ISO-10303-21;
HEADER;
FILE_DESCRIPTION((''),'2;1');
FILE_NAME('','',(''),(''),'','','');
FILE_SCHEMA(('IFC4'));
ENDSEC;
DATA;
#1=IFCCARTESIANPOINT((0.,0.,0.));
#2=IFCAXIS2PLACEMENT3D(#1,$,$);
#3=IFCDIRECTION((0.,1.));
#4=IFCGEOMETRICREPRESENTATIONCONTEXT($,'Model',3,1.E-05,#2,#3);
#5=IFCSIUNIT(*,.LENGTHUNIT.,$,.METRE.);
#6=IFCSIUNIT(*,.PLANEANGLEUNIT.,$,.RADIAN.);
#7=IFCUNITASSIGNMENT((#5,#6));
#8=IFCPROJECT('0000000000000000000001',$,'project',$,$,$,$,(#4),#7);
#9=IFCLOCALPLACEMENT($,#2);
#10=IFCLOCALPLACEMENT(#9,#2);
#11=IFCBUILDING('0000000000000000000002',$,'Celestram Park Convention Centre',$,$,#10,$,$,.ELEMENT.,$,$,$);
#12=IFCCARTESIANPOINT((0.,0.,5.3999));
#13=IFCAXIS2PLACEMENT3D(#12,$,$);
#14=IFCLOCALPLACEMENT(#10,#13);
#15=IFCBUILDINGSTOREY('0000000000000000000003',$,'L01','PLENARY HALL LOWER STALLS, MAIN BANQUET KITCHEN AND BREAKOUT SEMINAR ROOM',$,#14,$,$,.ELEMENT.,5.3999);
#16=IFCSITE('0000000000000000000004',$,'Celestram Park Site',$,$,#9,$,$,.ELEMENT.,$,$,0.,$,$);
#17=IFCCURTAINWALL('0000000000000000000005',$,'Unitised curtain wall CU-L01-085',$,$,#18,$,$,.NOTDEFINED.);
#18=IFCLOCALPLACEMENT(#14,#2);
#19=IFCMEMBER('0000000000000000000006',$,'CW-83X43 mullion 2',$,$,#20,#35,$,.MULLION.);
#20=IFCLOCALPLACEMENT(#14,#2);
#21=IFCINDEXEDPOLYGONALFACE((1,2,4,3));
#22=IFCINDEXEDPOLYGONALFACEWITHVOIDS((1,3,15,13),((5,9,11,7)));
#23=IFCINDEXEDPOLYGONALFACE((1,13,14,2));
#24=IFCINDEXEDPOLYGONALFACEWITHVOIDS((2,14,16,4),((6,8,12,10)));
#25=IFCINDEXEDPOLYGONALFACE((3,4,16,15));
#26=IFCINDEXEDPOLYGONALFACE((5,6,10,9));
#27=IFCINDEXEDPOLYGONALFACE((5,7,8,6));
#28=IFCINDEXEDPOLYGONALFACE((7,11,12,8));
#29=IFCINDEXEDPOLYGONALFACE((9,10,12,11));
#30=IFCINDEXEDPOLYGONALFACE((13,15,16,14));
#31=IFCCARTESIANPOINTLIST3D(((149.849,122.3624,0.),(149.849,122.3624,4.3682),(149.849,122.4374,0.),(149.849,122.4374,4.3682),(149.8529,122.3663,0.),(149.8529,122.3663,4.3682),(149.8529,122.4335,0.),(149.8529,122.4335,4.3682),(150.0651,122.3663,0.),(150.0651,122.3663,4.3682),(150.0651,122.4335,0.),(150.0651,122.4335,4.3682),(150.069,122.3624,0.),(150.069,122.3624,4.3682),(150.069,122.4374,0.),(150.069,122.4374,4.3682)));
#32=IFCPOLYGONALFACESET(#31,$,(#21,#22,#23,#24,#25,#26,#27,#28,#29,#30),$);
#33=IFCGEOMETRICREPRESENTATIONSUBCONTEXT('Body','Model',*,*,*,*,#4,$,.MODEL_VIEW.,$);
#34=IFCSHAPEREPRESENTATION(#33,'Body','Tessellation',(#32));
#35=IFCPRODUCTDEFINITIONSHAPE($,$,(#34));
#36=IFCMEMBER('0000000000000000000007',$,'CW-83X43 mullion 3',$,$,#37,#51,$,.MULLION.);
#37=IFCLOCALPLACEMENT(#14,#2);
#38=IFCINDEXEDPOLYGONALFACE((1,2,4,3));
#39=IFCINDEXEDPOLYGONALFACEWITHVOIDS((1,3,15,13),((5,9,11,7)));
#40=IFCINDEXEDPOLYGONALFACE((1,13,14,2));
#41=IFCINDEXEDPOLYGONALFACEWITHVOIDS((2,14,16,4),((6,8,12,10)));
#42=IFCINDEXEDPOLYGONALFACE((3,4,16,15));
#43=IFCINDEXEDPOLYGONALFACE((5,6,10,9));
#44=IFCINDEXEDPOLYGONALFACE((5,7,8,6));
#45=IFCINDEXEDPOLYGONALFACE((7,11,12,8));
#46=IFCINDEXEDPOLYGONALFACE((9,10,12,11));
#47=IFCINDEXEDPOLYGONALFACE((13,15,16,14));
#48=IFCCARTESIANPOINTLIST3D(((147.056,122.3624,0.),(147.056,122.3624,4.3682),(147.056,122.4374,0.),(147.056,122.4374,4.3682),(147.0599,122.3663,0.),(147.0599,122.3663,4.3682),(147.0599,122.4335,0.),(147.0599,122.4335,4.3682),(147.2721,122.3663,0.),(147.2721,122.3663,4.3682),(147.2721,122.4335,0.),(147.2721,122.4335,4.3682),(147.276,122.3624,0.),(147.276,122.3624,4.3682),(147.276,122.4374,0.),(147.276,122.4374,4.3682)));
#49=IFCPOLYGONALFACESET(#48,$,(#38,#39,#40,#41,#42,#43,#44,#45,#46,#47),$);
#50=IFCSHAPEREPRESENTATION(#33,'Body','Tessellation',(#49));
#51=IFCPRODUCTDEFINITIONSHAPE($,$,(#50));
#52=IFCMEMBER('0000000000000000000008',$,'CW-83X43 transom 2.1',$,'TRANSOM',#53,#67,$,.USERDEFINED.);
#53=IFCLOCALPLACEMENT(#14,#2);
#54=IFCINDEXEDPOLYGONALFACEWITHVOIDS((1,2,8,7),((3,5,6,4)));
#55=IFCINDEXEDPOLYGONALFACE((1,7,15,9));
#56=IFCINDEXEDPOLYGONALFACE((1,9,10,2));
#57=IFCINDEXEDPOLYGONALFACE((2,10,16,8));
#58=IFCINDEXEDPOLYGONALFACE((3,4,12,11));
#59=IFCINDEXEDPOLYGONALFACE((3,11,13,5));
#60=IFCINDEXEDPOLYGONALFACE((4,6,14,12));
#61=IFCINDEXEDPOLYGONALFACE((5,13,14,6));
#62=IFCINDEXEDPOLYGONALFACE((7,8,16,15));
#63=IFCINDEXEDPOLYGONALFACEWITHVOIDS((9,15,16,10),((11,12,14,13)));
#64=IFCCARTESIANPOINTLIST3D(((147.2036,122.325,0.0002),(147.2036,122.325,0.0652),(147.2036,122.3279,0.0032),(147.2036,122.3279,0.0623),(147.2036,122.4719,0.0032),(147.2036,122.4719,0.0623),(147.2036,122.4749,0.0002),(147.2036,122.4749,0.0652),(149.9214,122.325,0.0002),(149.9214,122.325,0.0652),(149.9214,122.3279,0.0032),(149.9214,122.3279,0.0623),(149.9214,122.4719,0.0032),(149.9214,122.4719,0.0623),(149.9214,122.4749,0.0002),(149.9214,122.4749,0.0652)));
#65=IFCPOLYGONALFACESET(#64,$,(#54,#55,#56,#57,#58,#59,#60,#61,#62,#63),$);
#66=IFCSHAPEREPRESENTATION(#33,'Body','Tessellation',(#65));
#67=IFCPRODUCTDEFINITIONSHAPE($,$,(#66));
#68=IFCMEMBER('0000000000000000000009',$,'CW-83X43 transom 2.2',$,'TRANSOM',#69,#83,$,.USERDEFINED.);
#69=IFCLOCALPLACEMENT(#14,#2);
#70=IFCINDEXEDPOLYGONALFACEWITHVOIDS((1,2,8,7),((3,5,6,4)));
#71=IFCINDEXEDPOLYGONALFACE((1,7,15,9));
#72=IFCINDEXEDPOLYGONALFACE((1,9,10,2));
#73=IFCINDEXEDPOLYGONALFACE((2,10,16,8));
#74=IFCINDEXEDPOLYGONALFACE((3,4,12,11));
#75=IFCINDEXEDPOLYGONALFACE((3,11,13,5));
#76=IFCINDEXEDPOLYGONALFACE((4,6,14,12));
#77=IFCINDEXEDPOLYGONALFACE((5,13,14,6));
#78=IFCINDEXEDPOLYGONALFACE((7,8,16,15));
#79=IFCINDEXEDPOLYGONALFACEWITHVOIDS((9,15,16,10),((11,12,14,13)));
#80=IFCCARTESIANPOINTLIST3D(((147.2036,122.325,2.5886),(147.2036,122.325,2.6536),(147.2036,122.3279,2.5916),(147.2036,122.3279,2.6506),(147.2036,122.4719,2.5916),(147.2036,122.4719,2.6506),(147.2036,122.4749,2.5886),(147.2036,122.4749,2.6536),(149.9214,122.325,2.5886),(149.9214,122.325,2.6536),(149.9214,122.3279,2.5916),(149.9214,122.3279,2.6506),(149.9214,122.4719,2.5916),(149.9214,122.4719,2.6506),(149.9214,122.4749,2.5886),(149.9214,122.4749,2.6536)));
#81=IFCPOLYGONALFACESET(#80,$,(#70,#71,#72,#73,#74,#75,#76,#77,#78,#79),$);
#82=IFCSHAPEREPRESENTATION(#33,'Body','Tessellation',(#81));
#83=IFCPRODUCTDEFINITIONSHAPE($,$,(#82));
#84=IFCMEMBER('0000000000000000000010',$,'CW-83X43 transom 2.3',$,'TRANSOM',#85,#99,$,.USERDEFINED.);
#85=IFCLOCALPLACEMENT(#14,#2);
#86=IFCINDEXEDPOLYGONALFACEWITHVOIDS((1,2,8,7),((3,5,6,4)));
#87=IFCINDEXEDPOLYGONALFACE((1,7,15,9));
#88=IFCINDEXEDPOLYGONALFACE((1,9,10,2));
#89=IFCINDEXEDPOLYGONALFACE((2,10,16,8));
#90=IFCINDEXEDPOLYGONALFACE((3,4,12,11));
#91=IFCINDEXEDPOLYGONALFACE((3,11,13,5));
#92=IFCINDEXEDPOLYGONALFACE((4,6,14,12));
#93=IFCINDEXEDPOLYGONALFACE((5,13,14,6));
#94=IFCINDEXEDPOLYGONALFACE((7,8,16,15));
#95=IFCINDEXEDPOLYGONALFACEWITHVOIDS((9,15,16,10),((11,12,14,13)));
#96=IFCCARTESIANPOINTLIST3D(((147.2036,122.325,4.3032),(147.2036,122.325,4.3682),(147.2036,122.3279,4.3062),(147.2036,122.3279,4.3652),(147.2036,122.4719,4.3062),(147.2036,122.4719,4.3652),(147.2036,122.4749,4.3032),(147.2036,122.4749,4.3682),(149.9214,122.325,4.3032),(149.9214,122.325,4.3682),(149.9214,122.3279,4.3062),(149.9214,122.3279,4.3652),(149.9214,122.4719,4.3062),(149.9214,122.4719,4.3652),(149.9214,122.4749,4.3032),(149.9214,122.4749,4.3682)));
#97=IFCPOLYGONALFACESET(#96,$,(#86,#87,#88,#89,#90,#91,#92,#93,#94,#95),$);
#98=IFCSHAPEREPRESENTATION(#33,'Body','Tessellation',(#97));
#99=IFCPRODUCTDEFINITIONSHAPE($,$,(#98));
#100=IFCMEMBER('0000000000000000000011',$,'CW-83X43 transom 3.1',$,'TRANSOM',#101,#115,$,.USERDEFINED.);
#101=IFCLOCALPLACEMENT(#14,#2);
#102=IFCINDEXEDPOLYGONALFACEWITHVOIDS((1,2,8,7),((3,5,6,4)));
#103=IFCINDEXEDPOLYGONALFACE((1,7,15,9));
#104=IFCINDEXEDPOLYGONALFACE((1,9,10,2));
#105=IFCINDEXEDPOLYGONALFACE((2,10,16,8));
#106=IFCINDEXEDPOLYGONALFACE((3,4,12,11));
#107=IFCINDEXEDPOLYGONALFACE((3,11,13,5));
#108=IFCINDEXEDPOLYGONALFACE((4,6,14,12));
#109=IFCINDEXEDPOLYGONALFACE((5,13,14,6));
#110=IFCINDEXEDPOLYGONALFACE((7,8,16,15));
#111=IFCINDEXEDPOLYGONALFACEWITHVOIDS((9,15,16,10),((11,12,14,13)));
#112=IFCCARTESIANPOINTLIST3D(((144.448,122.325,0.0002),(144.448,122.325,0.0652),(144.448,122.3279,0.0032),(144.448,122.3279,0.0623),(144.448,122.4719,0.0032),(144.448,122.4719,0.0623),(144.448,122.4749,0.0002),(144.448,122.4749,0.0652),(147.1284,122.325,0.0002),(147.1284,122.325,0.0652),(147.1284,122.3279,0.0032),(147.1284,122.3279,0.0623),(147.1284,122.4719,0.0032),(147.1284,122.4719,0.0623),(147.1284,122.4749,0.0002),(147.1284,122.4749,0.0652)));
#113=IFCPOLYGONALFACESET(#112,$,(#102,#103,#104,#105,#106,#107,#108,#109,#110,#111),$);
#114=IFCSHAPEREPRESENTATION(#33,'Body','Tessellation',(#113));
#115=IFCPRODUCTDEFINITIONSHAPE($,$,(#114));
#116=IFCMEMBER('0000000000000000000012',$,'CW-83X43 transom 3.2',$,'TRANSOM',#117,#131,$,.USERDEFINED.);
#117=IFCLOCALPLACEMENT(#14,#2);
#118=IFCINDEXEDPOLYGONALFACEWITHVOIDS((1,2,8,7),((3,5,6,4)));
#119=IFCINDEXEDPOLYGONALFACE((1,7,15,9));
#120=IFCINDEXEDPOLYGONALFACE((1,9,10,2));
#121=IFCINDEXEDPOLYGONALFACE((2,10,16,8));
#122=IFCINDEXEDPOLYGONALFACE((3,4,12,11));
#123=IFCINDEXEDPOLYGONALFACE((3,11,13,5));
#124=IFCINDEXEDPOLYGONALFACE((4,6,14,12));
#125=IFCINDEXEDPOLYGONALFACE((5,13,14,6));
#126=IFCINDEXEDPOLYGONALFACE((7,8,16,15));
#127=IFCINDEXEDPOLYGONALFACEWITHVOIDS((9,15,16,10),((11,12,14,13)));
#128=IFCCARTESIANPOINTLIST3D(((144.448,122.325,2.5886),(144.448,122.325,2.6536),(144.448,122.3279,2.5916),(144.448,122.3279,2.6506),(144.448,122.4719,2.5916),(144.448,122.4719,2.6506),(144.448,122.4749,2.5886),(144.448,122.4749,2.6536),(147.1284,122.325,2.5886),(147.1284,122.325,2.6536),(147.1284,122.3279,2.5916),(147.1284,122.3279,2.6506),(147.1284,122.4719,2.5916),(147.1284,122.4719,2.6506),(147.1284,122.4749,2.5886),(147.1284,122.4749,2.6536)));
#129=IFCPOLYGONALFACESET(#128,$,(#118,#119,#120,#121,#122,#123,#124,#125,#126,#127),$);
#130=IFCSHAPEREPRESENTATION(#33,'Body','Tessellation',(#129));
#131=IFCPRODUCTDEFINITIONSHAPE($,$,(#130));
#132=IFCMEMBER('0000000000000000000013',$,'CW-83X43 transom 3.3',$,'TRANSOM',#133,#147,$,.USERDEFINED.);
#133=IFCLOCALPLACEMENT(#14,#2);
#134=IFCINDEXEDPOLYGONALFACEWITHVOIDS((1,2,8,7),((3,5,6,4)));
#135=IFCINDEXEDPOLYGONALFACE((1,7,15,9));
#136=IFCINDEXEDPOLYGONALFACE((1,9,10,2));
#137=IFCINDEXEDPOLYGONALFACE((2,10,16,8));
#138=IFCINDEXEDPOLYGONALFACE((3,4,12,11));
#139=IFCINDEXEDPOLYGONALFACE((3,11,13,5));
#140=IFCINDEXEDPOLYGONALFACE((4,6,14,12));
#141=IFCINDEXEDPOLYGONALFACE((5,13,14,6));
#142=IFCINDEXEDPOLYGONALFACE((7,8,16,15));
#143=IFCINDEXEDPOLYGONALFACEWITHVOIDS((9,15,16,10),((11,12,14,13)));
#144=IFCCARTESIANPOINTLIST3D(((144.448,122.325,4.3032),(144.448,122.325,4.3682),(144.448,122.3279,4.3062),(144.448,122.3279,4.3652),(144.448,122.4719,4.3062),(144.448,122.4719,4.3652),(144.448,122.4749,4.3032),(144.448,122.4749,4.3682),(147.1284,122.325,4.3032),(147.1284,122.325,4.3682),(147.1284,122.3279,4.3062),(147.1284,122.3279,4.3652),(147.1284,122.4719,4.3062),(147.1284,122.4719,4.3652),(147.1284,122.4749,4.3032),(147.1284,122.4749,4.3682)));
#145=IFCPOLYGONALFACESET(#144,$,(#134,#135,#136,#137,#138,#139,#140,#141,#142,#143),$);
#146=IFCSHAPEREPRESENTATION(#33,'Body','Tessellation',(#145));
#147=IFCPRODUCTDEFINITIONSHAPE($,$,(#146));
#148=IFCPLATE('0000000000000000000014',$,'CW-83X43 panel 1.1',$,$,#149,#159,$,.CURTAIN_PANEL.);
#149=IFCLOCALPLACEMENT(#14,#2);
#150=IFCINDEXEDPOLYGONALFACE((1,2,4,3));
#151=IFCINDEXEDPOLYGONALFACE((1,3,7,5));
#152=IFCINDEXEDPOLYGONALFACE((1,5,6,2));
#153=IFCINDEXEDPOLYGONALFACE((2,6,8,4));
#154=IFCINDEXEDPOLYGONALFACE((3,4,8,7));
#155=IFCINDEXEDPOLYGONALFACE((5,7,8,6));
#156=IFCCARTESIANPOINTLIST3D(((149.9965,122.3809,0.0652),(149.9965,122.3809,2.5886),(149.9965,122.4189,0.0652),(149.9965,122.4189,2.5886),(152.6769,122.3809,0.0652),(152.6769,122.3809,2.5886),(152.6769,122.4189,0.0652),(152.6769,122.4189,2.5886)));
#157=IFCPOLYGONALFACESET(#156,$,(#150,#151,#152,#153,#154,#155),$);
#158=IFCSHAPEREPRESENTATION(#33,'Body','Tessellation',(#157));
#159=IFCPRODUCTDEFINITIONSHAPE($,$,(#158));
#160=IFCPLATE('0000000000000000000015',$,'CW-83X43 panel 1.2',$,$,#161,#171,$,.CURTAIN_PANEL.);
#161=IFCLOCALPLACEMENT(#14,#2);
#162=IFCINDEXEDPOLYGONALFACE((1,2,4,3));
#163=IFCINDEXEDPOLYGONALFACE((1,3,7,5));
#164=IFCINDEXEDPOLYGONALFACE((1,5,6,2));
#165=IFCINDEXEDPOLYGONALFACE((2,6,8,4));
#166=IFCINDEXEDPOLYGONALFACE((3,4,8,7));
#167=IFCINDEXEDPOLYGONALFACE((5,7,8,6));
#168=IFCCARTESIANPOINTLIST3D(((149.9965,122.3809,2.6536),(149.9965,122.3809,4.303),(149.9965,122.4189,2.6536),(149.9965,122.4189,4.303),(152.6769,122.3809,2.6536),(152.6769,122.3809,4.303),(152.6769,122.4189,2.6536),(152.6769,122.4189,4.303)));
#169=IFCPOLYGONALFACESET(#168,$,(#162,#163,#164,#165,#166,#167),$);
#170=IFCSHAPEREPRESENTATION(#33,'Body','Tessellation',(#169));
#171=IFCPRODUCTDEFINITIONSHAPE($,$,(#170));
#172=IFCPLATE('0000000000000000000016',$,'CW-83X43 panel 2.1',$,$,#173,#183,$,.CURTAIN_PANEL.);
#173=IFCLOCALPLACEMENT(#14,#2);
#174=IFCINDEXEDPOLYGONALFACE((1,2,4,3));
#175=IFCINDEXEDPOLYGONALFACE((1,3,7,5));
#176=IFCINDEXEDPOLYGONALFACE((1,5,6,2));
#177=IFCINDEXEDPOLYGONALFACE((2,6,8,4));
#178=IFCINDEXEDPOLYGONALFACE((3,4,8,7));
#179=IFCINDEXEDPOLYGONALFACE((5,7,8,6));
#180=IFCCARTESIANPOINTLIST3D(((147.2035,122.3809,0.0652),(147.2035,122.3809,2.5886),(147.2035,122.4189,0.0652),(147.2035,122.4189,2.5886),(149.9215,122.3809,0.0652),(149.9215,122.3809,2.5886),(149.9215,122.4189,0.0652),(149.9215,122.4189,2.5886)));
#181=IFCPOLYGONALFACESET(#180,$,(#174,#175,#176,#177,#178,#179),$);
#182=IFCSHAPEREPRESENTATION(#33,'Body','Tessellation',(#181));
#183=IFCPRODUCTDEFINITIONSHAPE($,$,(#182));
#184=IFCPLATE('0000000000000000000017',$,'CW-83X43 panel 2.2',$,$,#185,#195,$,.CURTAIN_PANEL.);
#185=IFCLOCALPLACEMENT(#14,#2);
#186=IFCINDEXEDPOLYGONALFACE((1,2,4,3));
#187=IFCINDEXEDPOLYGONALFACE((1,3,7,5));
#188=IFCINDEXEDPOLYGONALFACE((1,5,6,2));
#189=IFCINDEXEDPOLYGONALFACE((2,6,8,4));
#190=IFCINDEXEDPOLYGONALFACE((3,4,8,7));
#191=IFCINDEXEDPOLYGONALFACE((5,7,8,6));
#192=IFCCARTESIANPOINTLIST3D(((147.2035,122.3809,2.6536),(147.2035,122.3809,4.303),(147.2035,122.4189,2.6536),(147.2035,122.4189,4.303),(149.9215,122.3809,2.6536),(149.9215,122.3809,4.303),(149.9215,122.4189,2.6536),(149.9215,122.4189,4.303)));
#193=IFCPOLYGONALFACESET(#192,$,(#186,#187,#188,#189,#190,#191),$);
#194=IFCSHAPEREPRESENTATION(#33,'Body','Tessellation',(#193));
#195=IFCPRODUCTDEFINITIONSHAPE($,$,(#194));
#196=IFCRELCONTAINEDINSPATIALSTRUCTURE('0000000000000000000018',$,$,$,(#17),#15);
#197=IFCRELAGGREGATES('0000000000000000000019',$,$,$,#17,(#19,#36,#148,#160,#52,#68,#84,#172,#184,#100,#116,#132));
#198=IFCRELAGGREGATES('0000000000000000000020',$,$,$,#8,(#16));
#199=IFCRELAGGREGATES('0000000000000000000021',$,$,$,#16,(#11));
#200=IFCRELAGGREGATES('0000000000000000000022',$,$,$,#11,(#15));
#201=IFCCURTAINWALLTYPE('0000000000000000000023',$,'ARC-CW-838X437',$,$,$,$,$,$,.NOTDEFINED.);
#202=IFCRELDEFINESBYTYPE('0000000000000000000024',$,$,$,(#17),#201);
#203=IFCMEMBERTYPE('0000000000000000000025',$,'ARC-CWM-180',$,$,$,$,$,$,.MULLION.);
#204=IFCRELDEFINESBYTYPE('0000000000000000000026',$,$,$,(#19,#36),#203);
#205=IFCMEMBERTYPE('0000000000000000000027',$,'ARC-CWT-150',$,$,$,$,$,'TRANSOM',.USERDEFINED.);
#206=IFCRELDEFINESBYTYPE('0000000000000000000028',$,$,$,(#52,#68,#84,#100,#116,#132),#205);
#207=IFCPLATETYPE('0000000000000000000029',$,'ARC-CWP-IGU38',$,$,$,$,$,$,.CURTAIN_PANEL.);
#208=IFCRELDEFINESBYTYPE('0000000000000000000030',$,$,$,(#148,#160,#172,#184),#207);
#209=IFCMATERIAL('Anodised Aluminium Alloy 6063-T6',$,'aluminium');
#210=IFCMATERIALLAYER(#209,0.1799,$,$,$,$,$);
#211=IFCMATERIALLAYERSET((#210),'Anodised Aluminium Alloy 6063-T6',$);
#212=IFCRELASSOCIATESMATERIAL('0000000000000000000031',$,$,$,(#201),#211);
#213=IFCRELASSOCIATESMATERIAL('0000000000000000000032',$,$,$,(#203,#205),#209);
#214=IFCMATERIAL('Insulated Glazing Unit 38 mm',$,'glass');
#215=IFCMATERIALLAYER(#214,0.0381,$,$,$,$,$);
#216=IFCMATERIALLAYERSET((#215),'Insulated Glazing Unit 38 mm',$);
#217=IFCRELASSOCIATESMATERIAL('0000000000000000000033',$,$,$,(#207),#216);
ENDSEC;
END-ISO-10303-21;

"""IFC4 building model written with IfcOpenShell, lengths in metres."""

from ifc_helpers import new_model, si_unit, direction, frame, origin, origin_2d, place, context, subcontext, project, spatial, rectangle, hollow_rectangle, extrude, material, layer, layer_set, material_profile, profile_set, type_object, element, aggregate, save


model = new_model("IFC4")

# Units and contexts
model_context = context("Model", 3, precision=1e-05, world=origin(), true_north=direction((0.0, 1.0)))
body_context = subcontext(model_context, "Body", "Model", "MODEL_VIEW")
ifc_project = project(units=[si_unit("LENGTHUNIT", "METRE"), si_unit("PLANEANGLEUNIT", "RADIAN")], contexts=[model_context])

# Site, building, storey
site_placement = place(None, origin())
site = spatial("IfcSite", under=ifc_project, at=site_placement, Name="Celestram Park Site", CompositionType="ELEMENT", RefElevation=0.0)
building_placement = place(site_placement, origin())
building = spatial("IfcBuilding", under=site, at=building_placement, Name="Celestram Park Convention Centre", CompositionType="ELEMENT")
storey_placement = place(building_placement, frame((0.0, 0.0, 5.3999)))
storey = spatial("IfcBuildingStorey", under=building, at=storey_placement, Name="L01", Description="PLENARY HALL LOWER STALLS, MAIN BANQUET KITCHEN AND BREAKOUT SEMINAR ROOM", CompositionType="ELEMENT", Elevation=5.3999)

# Curtain wall, members, plates
ifc_material_1 = material(Name="Anodised Aluminium Alloy 6063-T6", Category="aluminium")
ifc_layer_1 = layer(ifc_material_1, 0.1799)
ifc_layer_set_1 = layer_set([ifc_layer_1], Name="Anodised Aluminium Alloy 6063-T6")
curtain_wall_type = type_object("IfcCurtainWallType", Name="ARC-CW-838X437", PredefinedType="NOTDEFINED", material=ifc_layer_set_1)
curtain_wall_placement = place(storey_placement, origin())
curtain_wall = element("IfcCurtainWall", 1, at=curtain_wall_placement, inside=storey, type_object=curtain_wall_type, Name="Unitised curtain wall CU-L01-085", PredefinedType="NOTDEFINED")
ifc_material_profile_1 = material_profile(ifc_material_1, hollow_rectangle(XDim=0.075, YDim=0.22, WallThickness=0.0039, at=origin_2d()), Name="ALU75X220X4")
ifc_profile_set_1 = profile_set([ifc_material_profile_1], Name="Anodised Aluminium Alloy 6063-T6")
member_type_1 = type_object("IfcMemberType", Name="ARC-CWM-180", PredefinedType="MULLION", material=ifc_profile_set_1)
member_1_placement = place(storey_placement, frame((149.959, 122.3999, 0.0), z_axis=(0.0, 0.0, 1.0), x_axis=(0.0, -1.0, 0.0)))
member_1 = element("IfcMember", 2, at=member_1_placement, type_object=member_type_1, Name="CW-83X43 mullion 2", PredefinedType="MULLION", context=body_context, shape_type="SweptSolid", body=[
    extrude(hollow_rectangle(XDim=0.075, YDim=0.22, WallThickness=0.0039, at=origin_2d()), origin(), (0.0, 0.0, 1.0), 4.3682),
])
member_2_placement = place(storey_placement, frame((147.166, 122.3999, 0.0), z_axis=(0.0, 0.0, 1.0), x_axis=(0.0, -1.0, 0.0)))
member_2 = element("IfcMember", 3, at=member_2_placement, type_object=member_type_1, Name="CW-83X43 mullion 3", PredefinedType="MULLION", context=body_context, shape_type="SweptSolid", body=[
    extrude(hollow_rectangle(XDim=0.075, YDim=0.22, WallThickness=0.0039, at=origin_2d()), origin(), (0.0, 0.0, 1.0), 4.3682),
])
ifc_material_profile_2 = material_profile(ifc_material_1, hollow_rectangle(XDim=0.1499, YDim=0.0649, WallThickness=0.0029, at=origin_2d()), Name="ALU150X65X3")
ifc_profile_set_2 = profile_set([ifc_material_profile_2], Name="Anodised Aluminium Alloy 6063-T6")
member_type_2 = type_object("IfcMemberType", Name="ARC-CWT-150", ElementType="TRANSOM", PredefinedType="USERDEFINED", material=ifc_profile_set_2)
member_3_placement = place(storey_placement, frame((149.9214, 122.3999, 0.0327), z_axis=(-1.0, 0.0, 0.0), x_axis=(0.0, -1.0, 0.0)))
member_3 = element("IfcMember", 4, at=member_3_placement, type_object=member_type_2, Name="CW-83X43 transom 2.1", ObjectType="TRANSOM", PredefinedType="USERDEFINED", context=body_context, shape_type="SweptSolid", body=[
    extrude(hollow_rectangle(XDim=0.1499, YDim=0.0649, WallThickness=0.0029, at=origin_2d()), origin(), (0.0, 0.0, 1.0), 2.7178),
])
member_4_placement = place(storey_placement, frame((149.9214, 122.3999, 2.6211), z_axis=(-1.0, 0.0, 0.0), x_axis=(0.0, -1.0, 0.0)))
member_4 = element("IfcMember", 5, at=member_4_placement, type_object=member_type_2, Name="CW-83X43 transom 2.2", ObjectType="TRANSOM", PredefinedType="USERDEFINED", context=body_context, shape_type="SweptSolid", body=[
    extrude(hollow_rectangle(XDim=0.1499, YDim=0.0649, WallThickness=0.0029, at=origin_2d()), origin(), (0.0, 0.0, 1.0), 2.7178),
])
member_5_placement = place(storey_placement, frame((149.9214, 122.3999, 4.3357), z_axis=(-1.0, 0.0, 0.0), x_axis=(0.0, -1.0, 0.0)))
member_5 = element("IfcMember", 6, at=member_5_placement, type_object=member_type_2, Name="CW-83X43 transom 2.3", ObjectType="TRANSOM", PredefinedType="USERDEFINED", context=body_context, shape_type="SweptSolid", body=[
    extrude(hollow_rectangle(XDim=0.1499, YDim=0.0649, WallThickness=0.0029, at=origin_2d()), origin(), (0.0, 0.0, 1.0), 2.7178),
])
member_6_placement = place(storey_placement, frame((147.1284, 122.3999, 0.0327), z_axis=(-1.0, 0.0, 0.0), x_axis=(0.0, -1.0, 0.0)))
member_6 = element("IfcMember", 7, at=member_6_placement, type_object=member_type_2, Name="CW-83X43 transom 3.1", ObjectType="TRANSOM", PredefinedType="USERDEFINED", context=body_context, shape_type="SweptSolid", body=[
    extrude(hollow_rectangle(XDim=0.1499, YDim=0.0649, WallThickness=0.0029, at=origin_2d()), origin(), (0.0, 0.0, 1.0), 2.6804),
])
member_7_placement = place(storey_placement, frame((147.1284, 122.3999, 2.6211), z_axis=(-1.0, 0.0, 0.0), x_axis=(0.0, -1.0, 0.0)))
member_7 = element("IfcMember", 8, at=member_7_placement, type_object=member_type_2, Name="CW-83X43 transom 3.2", ObjectType="TRANSOM", PredefinedType="USERDEFINED", context=body_context, shape_type="SweptSolid", body=[
    extrude(hollow_rectangle(XDim=0.1499, YDim=0.0649, WallThickness=0.0029, at=origin_2d()), origin(), (0.0, 0.0, 1.0), 2.6804),
])
member_8_placement = place(storey_placement, frame((147.1284, 122.3999, 4.3357), z_axis=(-1.0, 0.0, 0.0), x_axis=(0.0, -1.0, 0.0)))
member_8 = element("IfcMember", 9, at=member_8_placement, type_object=member_type_2, Name="CW-83X43 transom 3.3", ObjectType="TRANSOM", PredefinedType="USERDEFINED", context=body_context, shape_type="SweptSolid", body=[
    extrude(hollow_rectangle(XDim=0.1499, YDim=0.0649, WallThickness=0.0029, at=origin_2d()), origin(), (0.0, 0.0, 1.0), 2.6804),
])
ifc_material_2 = material(Name="Insulated Glazing Unit 38 mm", Category="glass")
ifc_layer_2 = layer(ifc_material_2, 0.0381)
ifc_layer_set_2 = layer_set([ifc_layer_2], Name="Insulated Glazing Unit 38 mm")
plate_type = type_object("IfcPlateType", Name="ARC-CWP-IGU38", PredefinedType="CURTAIN_PANEL", material=ifc_layer_set_2)
plate_1_placement = place(storey_placement, frame((151.3367, 122.3999, 0.0652), z_axis=(0.0, 0.0, 1.0), x_axis=(-1.0, 0.0, 0.0)))
plate_1 = element("IfcPlate", 10, at=plate_1_placement, type_object=plate_type, Name="CW-83X43 panel 1.1", PredefinedType="CURTAIN_PANEL", context=body_context, shape_type="SweptSolid", body=[
    extrude(rectangle(XDim=2.6804, YDim=0.0381, at=origin_2d()), origin(), (0.0, 0.0, 1.0), 2.5234),
])
plate_2_placement = place(storey_placement, frame((151.3367, 122.3999, 2.6536), z_axis=(0.0, 0.0, 1.0), x_axis=(-1.0, 0.0, 0.0)))
plate_2 = element("IfcPlate", 11, at=plate_2_placement, type_object=plate_type, Name="CW-83X43 panel 1.2", PredefinedType="CURTAIN_PANEL", context=body_context, shape_type="SweptSolid", body=[
    extrude(rectangle(XDim=2.6804, YDim=0.0381, at=origin_2d()), origin(), (0.0, 0.0, 1.0), 1.6494),
])
plate_3_placement = place(storey_placement, frame((148.5625, 122.3999, 0.0652), z_axis=(0.0, 0.0, 1.0), x_axis=(-1.0, 0.0, 0.0)))
plate_3 = element("IfcPlate", 12, at=plate_3_placement, type_object=plate_type, Name="CW-83X43 panel 2.1", PredefinedType="CURTAIN_PANEL", context=body_context, shape_type="SweptSolid", body=[
    extrude(rectangle(XDim=2.718, YDim=0.0381, at=origin_2d()), origin(), (0.0, 0.0, 1.0), 2.5234),
])
plate_4_placement = place(storey_placement, frame((148.5625, 122.3999, 2.6536), z_axis=(0.0, 0.0, 1.0), x_axis=(-1.0, 0.0, 0.0)))
plate_4 = element("IfcPlate", 13, at=plate_4_placement, type_object=plate_type, Name="CW-83X43 panel 2.2", PredefinedType="CURTAIN_PANEL", context=body_context, shape_type="SweptSolid", body=[
    extrude(rectangle(XDim=2.718, YDim=0.0381, at=origin_2d()), origin(), (0.0, 0.0, 1.0), 1.6494),
])
aggregate(curtain_wall, [member_1, member_2, plate_1, plate_2, member_3, member_4, member_5, plate_3, plate_4, member_6, member_7, member_8])

save(model, "model.ifc")
